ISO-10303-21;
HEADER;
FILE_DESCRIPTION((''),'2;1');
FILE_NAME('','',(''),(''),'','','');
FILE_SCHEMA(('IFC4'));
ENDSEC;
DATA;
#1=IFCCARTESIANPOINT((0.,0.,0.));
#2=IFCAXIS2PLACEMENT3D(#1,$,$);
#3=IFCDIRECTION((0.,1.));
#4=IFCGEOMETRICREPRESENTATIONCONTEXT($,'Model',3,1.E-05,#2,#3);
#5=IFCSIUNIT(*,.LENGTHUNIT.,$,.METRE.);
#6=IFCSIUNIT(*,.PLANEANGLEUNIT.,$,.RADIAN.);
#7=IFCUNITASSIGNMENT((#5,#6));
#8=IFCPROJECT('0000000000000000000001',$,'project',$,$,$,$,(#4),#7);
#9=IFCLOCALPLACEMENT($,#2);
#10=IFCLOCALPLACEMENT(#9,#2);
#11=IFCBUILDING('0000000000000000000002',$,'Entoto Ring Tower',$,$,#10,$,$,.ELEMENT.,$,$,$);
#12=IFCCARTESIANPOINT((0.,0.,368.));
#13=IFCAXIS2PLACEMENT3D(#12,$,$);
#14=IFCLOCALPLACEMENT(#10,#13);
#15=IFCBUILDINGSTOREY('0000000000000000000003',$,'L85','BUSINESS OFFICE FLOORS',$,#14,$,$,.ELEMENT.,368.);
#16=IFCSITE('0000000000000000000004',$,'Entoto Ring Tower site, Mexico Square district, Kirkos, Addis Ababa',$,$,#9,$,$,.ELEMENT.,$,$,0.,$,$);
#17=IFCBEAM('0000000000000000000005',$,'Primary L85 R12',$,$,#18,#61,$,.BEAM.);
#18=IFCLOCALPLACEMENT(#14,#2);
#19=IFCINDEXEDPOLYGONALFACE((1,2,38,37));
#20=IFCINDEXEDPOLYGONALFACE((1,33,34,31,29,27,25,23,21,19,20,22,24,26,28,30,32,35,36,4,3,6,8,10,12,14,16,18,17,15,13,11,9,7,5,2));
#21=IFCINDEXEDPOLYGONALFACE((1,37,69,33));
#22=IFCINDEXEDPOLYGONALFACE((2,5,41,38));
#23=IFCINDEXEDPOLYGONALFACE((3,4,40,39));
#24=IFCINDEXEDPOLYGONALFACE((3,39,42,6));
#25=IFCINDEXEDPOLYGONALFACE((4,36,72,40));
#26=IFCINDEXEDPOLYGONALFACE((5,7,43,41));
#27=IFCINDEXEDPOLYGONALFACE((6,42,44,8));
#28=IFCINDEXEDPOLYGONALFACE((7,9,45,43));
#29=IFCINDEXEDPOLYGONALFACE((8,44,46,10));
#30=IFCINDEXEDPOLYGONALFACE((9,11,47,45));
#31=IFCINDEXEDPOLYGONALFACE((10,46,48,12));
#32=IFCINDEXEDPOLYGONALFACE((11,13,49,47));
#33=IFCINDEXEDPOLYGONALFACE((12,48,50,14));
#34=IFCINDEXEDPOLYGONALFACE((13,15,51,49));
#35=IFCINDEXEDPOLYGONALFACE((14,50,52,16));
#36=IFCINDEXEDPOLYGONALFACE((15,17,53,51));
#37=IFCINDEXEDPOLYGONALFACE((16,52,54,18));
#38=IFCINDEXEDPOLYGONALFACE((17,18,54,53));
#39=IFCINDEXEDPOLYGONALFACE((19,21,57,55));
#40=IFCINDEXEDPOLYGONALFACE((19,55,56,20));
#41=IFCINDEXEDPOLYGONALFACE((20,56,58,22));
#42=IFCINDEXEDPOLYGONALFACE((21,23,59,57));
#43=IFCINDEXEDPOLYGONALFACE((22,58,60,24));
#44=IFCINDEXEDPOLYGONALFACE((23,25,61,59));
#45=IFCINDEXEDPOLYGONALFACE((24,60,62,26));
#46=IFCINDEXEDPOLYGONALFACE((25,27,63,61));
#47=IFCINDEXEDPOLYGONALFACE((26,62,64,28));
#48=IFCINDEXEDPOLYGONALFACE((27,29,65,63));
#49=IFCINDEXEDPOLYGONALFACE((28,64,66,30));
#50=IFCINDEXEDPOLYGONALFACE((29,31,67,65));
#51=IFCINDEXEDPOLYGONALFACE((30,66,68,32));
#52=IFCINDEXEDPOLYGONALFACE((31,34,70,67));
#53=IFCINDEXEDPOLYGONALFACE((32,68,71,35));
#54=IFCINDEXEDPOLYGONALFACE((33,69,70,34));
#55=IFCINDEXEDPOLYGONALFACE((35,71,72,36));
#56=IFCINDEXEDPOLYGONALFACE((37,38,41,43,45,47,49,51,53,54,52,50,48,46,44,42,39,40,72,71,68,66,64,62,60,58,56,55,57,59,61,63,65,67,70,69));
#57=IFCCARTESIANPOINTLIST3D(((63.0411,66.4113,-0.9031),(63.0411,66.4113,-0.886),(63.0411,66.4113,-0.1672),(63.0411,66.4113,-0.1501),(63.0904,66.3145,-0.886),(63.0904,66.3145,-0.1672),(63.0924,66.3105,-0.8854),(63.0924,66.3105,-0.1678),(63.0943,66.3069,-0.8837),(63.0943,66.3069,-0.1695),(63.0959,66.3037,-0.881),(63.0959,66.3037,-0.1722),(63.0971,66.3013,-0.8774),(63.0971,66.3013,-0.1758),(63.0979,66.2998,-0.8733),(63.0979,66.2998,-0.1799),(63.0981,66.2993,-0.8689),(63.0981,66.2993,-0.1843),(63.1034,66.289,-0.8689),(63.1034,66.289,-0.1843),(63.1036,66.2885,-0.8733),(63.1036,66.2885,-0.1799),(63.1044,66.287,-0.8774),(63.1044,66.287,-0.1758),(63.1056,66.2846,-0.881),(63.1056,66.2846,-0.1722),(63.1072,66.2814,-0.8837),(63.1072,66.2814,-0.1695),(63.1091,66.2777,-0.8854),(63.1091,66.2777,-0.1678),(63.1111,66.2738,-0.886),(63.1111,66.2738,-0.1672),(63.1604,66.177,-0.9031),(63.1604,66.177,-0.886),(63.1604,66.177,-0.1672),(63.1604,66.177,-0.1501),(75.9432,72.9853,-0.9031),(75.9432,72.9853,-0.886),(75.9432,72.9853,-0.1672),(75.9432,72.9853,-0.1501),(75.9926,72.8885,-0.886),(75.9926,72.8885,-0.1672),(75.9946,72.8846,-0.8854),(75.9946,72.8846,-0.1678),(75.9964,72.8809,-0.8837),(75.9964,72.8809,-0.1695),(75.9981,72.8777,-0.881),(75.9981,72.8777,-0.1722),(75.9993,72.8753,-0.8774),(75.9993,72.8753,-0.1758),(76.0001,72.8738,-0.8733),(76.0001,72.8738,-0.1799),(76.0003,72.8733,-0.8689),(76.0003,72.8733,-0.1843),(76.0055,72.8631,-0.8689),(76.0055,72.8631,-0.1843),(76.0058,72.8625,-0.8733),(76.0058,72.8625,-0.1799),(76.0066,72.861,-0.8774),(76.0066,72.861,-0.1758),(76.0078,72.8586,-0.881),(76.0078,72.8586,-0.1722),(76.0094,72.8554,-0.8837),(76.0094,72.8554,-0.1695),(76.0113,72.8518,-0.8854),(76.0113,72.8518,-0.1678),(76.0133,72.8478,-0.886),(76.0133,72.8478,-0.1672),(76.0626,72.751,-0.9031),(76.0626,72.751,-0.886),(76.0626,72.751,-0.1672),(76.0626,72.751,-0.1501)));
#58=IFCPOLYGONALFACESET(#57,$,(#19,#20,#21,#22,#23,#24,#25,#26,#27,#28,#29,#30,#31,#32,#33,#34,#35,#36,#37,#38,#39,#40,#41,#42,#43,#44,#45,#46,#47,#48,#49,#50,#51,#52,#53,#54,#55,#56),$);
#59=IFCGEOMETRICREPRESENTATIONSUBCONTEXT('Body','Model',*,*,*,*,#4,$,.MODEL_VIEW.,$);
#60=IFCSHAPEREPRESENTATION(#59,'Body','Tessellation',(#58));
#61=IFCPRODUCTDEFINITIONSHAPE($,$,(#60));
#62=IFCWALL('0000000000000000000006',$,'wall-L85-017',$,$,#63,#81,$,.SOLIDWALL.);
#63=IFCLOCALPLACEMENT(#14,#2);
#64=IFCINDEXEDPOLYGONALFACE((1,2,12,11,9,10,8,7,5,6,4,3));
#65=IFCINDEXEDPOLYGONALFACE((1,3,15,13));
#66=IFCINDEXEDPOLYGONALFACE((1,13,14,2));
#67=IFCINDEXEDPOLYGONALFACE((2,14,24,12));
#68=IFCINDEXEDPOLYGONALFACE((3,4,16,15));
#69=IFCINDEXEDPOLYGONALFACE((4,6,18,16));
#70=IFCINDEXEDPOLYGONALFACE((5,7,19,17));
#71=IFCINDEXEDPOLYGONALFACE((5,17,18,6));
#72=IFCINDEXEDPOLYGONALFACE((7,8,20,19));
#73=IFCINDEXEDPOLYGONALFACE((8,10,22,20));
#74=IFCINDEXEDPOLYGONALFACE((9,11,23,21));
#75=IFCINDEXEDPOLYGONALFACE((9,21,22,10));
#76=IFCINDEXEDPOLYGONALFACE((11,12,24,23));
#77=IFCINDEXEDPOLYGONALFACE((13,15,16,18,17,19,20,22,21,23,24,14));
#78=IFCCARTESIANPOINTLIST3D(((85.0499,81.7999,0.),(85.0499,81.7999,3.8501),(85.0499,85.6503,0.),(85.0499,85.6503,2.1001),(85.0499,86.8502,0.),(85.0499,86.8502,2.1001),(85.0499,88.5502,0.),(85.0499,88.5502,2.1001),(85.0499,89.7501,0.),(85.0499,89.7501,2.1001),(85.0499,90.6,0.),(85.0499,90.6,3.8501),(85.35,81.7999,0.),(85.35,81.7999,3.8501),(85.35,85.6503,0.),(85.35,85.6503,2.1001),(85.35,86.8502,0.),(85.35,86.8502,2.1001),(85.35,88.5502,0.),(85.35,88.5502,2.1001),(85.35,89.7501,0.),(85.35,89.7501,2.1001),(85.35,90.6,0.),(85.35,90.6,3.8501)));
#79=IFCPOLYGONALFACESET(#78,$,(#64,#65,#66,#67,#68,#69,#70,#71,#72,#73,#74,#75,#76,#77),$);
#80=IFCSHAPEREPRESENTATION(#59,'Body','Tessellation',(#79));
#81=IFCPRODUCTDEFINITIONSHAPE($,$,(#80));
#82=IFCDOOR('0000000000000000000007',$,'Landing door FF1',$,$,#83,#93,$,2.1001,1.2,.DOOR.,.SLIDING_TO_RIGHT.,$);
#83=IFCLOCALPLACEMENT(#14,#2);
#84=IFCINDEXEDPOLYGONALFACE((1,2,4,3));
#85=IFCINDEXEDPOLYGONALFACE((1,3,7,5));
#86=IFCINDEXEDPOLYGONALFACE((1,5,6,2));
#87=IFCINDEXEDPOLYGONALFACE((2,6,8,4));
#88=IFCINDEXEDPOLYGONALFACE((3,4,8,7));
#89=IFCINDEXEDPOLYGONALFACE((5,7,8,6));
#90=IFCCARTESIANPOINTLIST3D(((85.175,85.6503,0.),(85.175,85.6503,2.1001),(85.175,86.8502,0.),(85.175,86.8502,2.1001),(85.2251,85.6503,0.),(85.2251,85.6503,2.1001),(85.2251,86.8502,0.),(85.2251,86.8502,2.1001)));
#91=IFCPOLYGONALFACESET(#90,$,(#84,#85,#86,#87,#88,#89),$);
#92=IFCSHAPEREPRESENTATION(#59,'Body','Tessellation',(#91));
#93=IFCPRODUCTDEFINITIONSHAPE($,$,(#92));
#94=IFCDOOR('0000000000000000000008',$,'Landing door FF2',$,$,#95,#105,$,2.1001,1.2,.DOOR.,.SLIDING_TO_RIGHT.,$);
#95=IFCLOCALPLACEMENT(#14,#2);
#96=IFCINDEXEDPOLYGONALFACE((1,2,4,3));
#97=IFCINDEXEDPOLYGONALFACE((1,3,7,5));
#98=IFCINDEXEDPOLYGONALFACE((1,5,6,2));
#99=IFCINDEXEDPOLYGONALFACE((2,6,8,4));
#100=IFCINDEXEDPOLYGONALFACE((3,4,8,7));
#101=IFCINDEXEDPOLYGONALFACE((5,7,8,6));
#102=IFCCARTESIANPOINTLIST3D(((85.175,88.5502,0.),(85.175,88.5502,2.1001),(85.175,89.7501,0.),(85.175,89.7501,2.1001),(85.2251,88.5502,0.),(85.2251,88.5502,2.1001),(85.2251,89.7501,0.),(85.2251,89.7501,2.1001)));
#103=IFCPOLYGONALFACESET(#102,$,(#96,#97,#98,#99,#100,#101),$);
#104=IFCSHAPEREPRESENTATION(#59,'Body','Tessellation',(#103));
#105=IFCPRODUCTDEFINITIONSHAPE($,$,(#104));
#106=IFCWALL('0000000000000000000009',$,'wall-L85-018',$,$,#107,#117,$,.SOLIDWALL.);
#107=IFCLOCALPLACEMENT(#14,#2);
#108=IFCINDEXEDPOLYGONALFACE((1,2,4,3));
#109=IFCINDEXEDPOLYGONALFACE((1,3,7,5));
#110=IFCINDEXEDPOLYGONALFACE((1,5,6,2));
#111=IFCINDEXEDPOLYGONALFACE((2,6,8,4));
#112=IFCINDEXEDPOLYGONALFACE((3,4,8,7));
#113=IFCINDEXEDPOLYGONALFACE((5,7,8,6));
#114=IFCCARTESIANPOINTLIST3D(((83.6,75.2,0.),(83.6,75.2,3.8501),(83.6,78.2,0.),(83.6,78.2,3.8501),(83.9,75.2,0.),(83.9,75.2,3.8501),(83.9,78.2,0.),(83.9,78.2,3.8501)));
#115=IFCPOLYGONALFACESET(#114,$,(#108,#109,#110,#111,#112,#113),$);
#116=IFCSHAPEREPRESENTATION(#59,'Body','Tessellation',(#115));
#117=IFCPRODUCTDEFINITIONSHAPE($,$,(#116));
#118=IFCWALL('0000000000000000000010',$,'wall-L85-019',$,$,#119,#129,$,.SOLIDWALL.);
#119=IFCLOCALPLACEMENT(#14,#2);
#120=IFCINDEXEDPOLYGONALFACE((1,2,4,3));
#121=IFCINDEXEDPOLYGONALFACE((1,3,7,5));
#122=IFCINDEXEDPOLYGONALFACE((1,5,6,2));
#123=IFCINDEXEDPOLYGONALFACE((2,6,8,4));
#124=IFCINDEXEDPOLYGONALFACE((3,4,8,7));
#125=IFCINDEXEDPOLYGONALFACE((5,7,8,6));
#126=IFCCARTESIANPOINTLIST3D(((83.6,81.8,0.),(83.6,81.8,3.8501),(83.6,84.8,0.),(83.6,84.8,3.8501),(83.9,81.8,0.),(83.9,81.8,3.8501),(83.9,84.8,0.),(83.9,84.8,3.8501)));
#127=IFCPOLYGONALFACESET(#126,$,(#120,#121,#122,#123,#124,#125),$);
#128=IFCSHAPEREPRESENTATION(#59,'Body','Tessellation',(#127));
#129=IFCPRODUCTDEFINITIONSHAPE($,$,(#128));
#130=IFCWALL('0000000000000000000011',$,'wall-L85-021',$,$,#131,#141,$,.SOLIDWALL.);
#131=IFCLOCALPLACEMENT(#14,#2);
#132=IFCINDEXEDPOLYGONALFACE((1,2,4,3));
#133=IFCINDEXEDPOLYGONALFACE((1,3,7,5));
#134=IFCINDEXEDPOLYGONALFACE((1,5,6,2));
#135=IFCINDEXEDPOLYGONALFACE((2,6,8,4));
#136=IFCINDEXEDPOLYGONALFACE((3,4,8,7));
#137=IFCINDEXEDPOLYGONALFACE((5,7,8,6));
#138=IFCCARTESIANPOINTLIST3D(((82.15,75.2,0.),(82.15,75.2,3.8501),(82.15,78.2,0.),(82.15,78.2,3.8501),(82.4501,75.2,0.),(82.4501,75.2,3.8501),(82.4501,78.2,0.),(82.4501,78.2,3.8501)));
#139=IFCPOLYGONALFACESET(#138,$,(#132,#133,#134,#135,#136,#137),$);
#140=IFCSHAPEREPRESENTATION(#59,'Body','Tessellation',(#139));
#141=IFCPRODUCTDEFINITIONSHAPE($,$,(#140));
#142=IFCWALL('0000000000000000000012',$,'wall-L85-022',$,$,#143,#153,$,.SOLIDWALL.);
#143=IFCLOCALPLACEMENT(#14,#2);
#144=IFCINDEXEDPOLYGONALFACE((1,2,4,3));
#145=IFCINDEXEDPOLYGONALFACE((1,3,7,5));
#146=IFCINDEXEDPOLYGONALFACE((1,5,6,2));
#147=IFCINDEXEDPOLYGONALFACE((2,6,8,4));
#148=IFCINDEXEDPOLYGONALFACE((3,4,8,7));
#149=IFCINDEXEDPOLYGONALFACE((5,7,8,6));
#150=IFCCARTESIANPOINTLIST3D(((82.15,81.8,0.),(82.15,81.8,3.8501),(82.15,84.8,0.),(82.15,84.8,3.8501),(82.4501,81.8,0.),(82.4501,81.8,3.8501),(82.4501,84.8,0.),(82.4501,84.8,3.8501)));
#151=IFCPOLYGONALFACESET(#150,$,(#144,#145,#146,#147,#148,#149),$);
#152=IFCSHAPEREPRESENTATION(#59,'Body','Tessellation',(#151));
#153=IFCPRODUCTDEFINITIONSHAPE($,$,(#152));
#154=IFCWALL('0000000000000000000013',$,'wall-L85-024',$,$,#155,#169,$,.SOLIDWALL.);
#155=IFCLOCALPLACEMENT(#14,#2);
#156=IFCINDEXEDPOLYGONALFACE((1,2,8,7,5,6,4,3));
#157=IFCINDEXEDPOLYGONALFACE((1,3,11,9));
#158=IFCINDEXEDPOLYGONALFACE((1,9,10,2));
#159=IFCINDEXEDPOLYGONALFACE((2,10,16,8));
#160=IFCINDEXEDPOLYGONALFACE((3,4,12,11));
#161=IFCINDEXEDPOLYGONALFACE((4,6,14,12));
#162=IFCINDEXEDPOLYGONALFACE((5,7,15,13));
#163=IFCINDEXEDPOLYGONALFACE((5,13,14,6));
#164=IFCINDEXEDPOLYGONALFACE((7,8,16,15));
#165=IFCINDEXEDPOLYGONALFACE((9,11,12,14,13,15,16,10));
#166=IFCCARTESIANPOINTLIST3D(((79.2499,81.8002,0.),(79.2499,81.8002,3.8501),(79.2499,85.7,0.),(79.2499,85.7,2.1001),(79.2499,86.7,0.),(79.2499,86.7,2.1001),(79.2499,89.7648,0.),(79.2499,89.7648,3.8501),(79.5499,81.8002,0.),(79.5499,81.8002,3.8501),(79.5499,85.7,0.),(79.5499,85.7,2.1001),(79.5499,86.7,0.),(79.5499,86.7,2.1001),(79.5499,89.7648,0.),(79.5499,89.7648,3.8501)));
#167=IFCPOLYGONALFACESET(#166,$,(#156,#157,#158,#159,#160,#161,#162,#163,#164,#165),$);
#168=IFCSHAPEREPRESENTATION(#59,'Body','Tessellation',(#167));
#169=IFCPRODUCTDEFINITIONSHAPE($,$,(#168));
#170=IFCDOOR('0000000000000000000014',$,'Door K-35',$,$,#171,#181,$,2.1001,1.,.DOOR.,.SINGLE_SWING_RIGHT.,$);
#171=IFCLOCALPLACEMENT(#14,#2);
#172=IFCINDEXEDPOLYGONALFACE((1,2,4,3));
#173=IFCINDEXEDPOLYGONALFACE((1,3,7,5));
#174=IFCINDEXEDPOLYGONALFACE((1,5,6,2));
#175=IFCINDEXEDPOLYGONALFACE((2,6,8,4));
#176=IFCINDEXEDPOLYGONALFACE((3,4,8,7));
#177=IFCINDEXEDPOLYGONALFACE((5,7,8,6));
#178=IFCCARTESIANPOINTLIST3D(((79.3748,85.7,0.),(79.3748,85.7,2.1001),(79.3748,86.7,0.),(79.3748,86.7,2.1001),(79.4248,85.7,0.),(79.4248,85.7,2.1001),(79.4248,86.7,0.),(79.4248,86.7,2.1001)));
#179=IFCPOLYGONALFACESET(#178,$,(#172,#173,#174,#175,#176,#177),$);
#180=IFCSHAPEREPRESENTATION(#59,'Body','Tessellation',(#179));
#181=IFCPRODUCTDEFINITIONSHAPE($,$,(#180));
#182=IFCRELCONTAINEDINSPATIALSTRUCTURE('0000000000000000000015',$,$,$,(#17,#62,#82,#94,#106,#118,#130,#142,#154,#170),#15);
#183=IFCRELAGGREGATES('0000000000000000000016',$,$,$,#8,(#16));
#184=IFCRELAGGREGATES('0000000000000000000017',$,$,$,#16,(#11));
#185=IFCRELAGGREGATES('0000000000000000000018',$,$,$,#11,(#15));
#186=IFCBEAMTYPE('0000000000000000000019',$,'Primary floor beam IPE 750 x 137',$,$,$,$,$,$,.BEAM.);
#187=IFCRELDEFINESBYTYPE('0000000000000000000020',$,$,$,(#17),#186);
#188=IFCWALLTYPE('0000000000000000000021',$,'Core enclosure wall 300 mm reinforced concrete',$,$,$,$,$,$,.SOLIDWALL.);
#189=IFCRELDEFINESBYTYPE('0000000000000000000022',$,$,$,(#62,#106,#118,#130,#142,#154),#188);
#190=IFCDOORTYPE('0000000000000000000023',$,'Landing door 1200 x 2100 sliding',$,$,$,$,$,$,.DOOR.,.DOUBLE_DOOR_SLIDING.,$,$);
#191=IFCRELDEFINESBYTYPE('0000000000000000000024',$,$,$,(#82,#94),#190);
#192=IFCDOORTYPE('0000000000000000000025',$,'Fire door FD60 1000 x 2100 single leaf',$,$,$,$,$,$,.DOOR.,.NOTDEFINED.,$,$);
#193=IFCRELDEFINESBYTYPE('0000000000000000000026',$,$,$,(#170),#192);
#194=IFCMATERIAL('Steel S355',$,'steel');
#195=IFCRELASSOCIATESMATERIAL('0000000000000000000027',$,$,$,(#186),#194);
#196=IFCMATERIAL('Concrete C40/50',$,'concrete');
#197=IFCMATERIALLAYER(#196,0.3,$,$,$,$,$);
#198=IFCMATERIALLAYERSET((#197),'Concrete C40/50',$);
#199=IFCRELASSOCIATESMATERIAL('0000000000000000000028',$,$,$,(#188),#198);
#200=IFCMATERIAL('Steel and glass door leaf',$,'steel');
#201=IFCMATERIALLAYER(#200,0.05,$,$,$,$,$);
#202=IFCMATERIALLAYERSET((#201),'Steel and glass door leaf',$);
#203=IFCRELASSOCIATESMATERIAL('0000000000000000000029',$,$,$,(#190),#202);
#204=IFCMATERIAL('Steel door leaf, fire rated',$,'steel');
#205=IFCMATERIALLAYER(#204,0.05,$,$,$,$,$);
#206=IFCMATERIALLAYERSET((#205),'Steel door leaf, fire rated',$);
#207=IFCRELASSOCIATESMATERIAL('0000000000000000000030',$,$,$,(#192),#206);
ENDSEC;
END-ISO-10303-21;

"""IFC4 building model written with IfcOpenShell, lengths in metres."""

from ifc_helpers import new_model, si_unit, direction, frame, frame_2d, origin, origin_2d, place, context, subcontext, project, spatial, rectangle, i_section, extrude, material, layer, layer_set, material_profile, profile_set, type_object, element, fill, save


model = new_model("IFC4")

# Units and contexts
model_context = context("Model", 3, precision=1e-05, world=origin(), true_north=direction((0.0, 1.0)))
body_context = subcontext(model_context, "Body", "Model", "MODEL_VIEW")
ifc_project = project(units=[si_unit("LENGTHUNIT", "METRE"), si_unit("PLANEANGLEUNIT", "RADIAN")], contexts=[model_context])

# Site, building, storey
site_placement = place(None, origin())
site = spatial("IfcSite", under=ifc_project, at=site_placement, Name="Entoto Ring Tower site, Mexico Square district, Kirkos, Addis Ababa", CompositionType="ELEMENT", RefElevation=0.0)
building_placement = place(site_placement, origin())
building = spatial("IfcBuilding", under=site, at=building_placement, Name="Entoto Ring Tower", CompositionType="ELEMENT")
storey_placement = place(building_placement, frame((0.0, 0.0, 368.0)))
storey = spatial("IfcBuildingStorey", under=building, at=storey_placement, Name="L85", Description="BUSINESS OFFICE FLOORS", CompositionType="ELEMENT", Elevation=368.0)

# Beam
ifc_material_1 = material(Name="Steel S355", Category="steel")
ifc_material_profile = material_profile(ifc_material_1, i_section(OverallWidth=0.2629, OverallDepth=0.7529, WebThickness=0.0115, FlangeThickness=0.0171, FilletRadius=0.0171, at=origin_2d()), Name="IPE 750 x 137")
ifc_profile_set = profile_set([ifc_material_profile], Name="Steel S355")
beam_type = type_object("IfcBeamType", Name="Primary floor beam IPE 750 x 137", PredefinedType="BEAM", material=ifc_profile_set)
beam_placement = place(storey_placement, frame((76.0029, 72.8682, -0.5266), z_axis=(-0.891006, -0.453992, 0.0), x_axis=(0.453992, -0.891006, 0.0)))
element("IfcBeam", 1, at=beam_placement, inside=storey, type_object=beam_type, Name="Primary L85 R12", PredefinedType="BEAM", context=body_context, shape_type="SweptSolid", body=[
    extrude(i_section(OverallWidth=0.2629, OverallDepth=0.7529, WebThickness=0.0115, FlangeThickness=0.0171, FilletRadius=0.0171, at=origin_2d()), origin(), (0.0, 0.0, 1.0), 14.4805),
])

# Wall, openings, doors
ifc_material_2 = material(Name="Concrete C40/50", Category="concrete")
ifc_layer_1 = layer(ifc_material_2, 0.3)
ifc_layer_set_1 = layer_set([ifc_layer_1], Name="Concrete C40/50")
wall_type = type_object("IfcWallType", Name="Core enclosure wall 300 mm reinforced concrete", PredefinedType="SOLIDWALL", material=ifc_layer_set_1)
wall_1_placement = place(storey_placement, frame((85.2, 81.8, 0.0), z_axis=(0.0, 0.0, 1.0), x_axis=(0.0, 1.0, 0.0)))
wall_1 = element("IfcWall", 2, at=wall_1_placement, inside=storey, type_object=wall_type, Name="wall-L85-017", PredefinedType="SOLIDWALL", context=body_context, shape_type="SweptSolid", body=[
    extrude(rectangle(XDim=8.8, YDim=0.3, at=frame_2d((4.3999, 0.0))), origin(), (0.0, 0.0, 1.0), 3.8501),
])
opening_1_placement = place(wall_1_placement, frame((3.8501, 0.0, 0.0)))
opening_1 = element("IfcOpeningElement", 3, at=opening_1_placement, cuts=wall_1, PredefinedType="OPENING", context=body_context, shape_type="SweptSolid", body=[
    extrude(rectangle(XDim=1.2, YDim=2.1001, at=frame_2d((0.6001, 1.05))), frame((0.0, 0.1602, 0.0), z_axis=(0.0, -1.0, 0.0), x_axis=(1.0, 0.0, 0.0)), (0.0, 0.0, 1.0), 0.3201),
])
opening_2_placement = place(wall_1_placement, frame((6.75, 0.0, 0.0)))
opening_2 = element("IfcOpeningElement", 4, at=opening_2_placement, cuts=wall_1, PredefinedType="OPENING", context=body_context, shape_type="SweptSolid", body=[
    extrude(rectangle(XDim=1.2, YDim=2.1001, at=frame_2d((0.6001, 1.05))), frame((0.0, 0.1602, 0.0), z_axis=(0.0, -1.0, 0.0), x_axis=(1.0, 0.0, 0.0)), (0.0, 0.0, 1.0), 0.3201),
])
ifc_material_3 = material(Name="Steel and glass door leaf", Category="steel")
ifc_layer_2 = layer(ifc_material_3, 0.05)
ifc_layer_set_2 = layer_set([ifc_layer_2], Name="Steel and glass door leaf")
door_type_1 = type_object("IfcDoorType", Name="Landing door 1200 x 2100 sliding", OperationType="DOUBLE_DOOR_SLIDING", PredefinedType="DOOR", material=ifc_layer_set_2)
door_1_placement = place(opening_1_placement, origin())
door_1 = element("IfcDoor", 5, at=door_1_placement, inside=storey, type_object=door_type_1, Name="Landing door FF1", OperationType="SLIDING_TO_RIGHT", OverallHeight=2.1001, OverallWidth=1.2, PredefinedType="DOOR", context=body_context, shape_type="SweptSolid", body=[
    extrude(rectangle(XDim=1.2, YDim=2.1001, at=frame_2d((0.6001, 1.05))), frame((0.0, 0.0249, 0.0), z_axis=(0.0, -1.0, 0.0), x_axis=(1.0, 0.0, 0.0)), (0.0, 0.0, 1.0), 0.05),
])
fill(opening_1, door_1)
door_2_placement = place(opening_2_placement, origin())
door_2 = element("IfcDoor", 6, at=door_2_placement, inside=storey, type_object=door_type_1, Name="Landing door FF2", OperationType="SLIDING_TO_RIGHT", OverallHeight=2.1001, OverallWidth=1.2, PredefinedType="DOOR", context=body_context, shape_type="SweptSolid", body=[
    extrude(rectangle(XDim=1.2, YDim=2.1001, at=frame_2d((0.6001, 1.05))), frame((0.0, 0.0249, 0.0), z_axis=(0.0, -1.0, 0.0), x_axis=(1.0, 0.0, 0.0)), (0.0, 0.0, 1.0), 0.05),
])
fill(opening_2, door_2)

# Walls
for number, where, z_axis, x_axis, name in (
    (7, (83.75, 75.2, 0.0), (0.0, 0.0, 1.0), (0.0, 1.0, 0.0), "wall-L85-018"),
    (8, (83.75, 81.8, 0.0), (0.0, 0.0, 1.0), (0.0, 1.0, 0.0), "wall-L85-019"),
    (9, (82.3, 75.2, 0.0), (0.0, 0.0, 1.0), (0.0, 1.0, 0.0), "wall-L85-021"),
    (10, (82.3, 81.8, 0.0), (0.0, 0.0, 1.0), (0.0, 1.0, 0.0), "wall-L85-022"),
):
    element("IfcWall", number, at=place(storey_placement, frame(where, z_axis=z_axis, x_axis=x_axis)), inside=storey, type_object=wall_type, Name=name, PredefinedType="SOLIDWALL", context=body_context, shape_type="SweptSolid", body=[
        extrude(rectangle(XDim=3.0, YDim=0.3, at=frame_2d((1.5, 0.0))), origin(), (0.0, 0.0, 1.0), 3.8501),
    ])

# Wall, opening, door
wall_2_placement = place(storey_placement, frame((79.3999, 81.8, 0.0), z_axis=(0.0, 0.0, 1.0), x_axis=(0.0, 1.0, 0.0)))
wall_2 = element("IfcWall", 11, at=wall_2_placement, inside=storey, type_object=wall_type, Name="wall-L85-024", PredefinedType="SOLIDWALL", context=body_context, shape_type="SweptSolid", body=[
    extrude(rectangle(XDim=7.9646, YDim=0.3, at=frame_2d((3.9824, 0.0))), origin(), (0.0, 0.0, 1.0), 3.8501),
])
opening_3_placement = place(wall_2_placement, frame((3.8999, 0.0, 0.0)))
opening_3 = element("IfcOpeningElement", 12, at=opening_3_placement, cuts=wall_2, PredefinedType="OPENING", context=body_context, shape_type="SweptSolid", body=[
    extrude(rectangle(XDim=1.0, YDim=2.1001, at=frame_2d((0.5, 1.05))), frame((0.0, 0.1602, 0.0), z_axis=(0.0, -1.0, 0.0), x_axis=(1.0, 0.0, 0.0)), (0.0, 0.0, 1.0), 0.3201),
])
ifc_material_4 = material(Name="Steel door leaf, fire rated", Category="steel")
ifc_layer_3 = layer(ifc_material_4, 0.05)
ifc_layer_set_3 = layer_set([ifc_layer_3], Name="Steel door leaf, fire rated")
door_type_2 = type_object("IfcDoorType", Name="Fire door FD60 1000 x 2100 single leaf", OperationType="NOTDEFINED", PredefinedType="DOOR", material=ifc_layer_set_3)
door_3_placement = place(opening_3_placement, frame((1.0, 0.0, 0.0), z_axis=(0.0, 0.0, 1.0), x_axis=(-1.0, 0.0, 0.0)))
door_3 = element("IfcDoor", 13, at=door_3_placement, inside=storey, type_object=door_type_2, Name="Door K-35", OperationType="SINGLE_SWING_RIGHT", OverallHeight=2.1001, OverallWidth=1.0, PredefinedType="DOOR", context=body_context, shape_type="SweptSolid", body=[
    extrude(rectangle(XDim=1.0, YDim=2.1001, at=frame_2d((0.5, 1.05))), frame((0.0, 0.0249, 0.0), z_axis=(0.0, -1.0, 0.0), x_axis=(1.0, 0.0, 0.0)), (0.0, 0.0, 1.0), 0.05),
])
fill(opening_3, door_3)

save(model, "model.ifc")
